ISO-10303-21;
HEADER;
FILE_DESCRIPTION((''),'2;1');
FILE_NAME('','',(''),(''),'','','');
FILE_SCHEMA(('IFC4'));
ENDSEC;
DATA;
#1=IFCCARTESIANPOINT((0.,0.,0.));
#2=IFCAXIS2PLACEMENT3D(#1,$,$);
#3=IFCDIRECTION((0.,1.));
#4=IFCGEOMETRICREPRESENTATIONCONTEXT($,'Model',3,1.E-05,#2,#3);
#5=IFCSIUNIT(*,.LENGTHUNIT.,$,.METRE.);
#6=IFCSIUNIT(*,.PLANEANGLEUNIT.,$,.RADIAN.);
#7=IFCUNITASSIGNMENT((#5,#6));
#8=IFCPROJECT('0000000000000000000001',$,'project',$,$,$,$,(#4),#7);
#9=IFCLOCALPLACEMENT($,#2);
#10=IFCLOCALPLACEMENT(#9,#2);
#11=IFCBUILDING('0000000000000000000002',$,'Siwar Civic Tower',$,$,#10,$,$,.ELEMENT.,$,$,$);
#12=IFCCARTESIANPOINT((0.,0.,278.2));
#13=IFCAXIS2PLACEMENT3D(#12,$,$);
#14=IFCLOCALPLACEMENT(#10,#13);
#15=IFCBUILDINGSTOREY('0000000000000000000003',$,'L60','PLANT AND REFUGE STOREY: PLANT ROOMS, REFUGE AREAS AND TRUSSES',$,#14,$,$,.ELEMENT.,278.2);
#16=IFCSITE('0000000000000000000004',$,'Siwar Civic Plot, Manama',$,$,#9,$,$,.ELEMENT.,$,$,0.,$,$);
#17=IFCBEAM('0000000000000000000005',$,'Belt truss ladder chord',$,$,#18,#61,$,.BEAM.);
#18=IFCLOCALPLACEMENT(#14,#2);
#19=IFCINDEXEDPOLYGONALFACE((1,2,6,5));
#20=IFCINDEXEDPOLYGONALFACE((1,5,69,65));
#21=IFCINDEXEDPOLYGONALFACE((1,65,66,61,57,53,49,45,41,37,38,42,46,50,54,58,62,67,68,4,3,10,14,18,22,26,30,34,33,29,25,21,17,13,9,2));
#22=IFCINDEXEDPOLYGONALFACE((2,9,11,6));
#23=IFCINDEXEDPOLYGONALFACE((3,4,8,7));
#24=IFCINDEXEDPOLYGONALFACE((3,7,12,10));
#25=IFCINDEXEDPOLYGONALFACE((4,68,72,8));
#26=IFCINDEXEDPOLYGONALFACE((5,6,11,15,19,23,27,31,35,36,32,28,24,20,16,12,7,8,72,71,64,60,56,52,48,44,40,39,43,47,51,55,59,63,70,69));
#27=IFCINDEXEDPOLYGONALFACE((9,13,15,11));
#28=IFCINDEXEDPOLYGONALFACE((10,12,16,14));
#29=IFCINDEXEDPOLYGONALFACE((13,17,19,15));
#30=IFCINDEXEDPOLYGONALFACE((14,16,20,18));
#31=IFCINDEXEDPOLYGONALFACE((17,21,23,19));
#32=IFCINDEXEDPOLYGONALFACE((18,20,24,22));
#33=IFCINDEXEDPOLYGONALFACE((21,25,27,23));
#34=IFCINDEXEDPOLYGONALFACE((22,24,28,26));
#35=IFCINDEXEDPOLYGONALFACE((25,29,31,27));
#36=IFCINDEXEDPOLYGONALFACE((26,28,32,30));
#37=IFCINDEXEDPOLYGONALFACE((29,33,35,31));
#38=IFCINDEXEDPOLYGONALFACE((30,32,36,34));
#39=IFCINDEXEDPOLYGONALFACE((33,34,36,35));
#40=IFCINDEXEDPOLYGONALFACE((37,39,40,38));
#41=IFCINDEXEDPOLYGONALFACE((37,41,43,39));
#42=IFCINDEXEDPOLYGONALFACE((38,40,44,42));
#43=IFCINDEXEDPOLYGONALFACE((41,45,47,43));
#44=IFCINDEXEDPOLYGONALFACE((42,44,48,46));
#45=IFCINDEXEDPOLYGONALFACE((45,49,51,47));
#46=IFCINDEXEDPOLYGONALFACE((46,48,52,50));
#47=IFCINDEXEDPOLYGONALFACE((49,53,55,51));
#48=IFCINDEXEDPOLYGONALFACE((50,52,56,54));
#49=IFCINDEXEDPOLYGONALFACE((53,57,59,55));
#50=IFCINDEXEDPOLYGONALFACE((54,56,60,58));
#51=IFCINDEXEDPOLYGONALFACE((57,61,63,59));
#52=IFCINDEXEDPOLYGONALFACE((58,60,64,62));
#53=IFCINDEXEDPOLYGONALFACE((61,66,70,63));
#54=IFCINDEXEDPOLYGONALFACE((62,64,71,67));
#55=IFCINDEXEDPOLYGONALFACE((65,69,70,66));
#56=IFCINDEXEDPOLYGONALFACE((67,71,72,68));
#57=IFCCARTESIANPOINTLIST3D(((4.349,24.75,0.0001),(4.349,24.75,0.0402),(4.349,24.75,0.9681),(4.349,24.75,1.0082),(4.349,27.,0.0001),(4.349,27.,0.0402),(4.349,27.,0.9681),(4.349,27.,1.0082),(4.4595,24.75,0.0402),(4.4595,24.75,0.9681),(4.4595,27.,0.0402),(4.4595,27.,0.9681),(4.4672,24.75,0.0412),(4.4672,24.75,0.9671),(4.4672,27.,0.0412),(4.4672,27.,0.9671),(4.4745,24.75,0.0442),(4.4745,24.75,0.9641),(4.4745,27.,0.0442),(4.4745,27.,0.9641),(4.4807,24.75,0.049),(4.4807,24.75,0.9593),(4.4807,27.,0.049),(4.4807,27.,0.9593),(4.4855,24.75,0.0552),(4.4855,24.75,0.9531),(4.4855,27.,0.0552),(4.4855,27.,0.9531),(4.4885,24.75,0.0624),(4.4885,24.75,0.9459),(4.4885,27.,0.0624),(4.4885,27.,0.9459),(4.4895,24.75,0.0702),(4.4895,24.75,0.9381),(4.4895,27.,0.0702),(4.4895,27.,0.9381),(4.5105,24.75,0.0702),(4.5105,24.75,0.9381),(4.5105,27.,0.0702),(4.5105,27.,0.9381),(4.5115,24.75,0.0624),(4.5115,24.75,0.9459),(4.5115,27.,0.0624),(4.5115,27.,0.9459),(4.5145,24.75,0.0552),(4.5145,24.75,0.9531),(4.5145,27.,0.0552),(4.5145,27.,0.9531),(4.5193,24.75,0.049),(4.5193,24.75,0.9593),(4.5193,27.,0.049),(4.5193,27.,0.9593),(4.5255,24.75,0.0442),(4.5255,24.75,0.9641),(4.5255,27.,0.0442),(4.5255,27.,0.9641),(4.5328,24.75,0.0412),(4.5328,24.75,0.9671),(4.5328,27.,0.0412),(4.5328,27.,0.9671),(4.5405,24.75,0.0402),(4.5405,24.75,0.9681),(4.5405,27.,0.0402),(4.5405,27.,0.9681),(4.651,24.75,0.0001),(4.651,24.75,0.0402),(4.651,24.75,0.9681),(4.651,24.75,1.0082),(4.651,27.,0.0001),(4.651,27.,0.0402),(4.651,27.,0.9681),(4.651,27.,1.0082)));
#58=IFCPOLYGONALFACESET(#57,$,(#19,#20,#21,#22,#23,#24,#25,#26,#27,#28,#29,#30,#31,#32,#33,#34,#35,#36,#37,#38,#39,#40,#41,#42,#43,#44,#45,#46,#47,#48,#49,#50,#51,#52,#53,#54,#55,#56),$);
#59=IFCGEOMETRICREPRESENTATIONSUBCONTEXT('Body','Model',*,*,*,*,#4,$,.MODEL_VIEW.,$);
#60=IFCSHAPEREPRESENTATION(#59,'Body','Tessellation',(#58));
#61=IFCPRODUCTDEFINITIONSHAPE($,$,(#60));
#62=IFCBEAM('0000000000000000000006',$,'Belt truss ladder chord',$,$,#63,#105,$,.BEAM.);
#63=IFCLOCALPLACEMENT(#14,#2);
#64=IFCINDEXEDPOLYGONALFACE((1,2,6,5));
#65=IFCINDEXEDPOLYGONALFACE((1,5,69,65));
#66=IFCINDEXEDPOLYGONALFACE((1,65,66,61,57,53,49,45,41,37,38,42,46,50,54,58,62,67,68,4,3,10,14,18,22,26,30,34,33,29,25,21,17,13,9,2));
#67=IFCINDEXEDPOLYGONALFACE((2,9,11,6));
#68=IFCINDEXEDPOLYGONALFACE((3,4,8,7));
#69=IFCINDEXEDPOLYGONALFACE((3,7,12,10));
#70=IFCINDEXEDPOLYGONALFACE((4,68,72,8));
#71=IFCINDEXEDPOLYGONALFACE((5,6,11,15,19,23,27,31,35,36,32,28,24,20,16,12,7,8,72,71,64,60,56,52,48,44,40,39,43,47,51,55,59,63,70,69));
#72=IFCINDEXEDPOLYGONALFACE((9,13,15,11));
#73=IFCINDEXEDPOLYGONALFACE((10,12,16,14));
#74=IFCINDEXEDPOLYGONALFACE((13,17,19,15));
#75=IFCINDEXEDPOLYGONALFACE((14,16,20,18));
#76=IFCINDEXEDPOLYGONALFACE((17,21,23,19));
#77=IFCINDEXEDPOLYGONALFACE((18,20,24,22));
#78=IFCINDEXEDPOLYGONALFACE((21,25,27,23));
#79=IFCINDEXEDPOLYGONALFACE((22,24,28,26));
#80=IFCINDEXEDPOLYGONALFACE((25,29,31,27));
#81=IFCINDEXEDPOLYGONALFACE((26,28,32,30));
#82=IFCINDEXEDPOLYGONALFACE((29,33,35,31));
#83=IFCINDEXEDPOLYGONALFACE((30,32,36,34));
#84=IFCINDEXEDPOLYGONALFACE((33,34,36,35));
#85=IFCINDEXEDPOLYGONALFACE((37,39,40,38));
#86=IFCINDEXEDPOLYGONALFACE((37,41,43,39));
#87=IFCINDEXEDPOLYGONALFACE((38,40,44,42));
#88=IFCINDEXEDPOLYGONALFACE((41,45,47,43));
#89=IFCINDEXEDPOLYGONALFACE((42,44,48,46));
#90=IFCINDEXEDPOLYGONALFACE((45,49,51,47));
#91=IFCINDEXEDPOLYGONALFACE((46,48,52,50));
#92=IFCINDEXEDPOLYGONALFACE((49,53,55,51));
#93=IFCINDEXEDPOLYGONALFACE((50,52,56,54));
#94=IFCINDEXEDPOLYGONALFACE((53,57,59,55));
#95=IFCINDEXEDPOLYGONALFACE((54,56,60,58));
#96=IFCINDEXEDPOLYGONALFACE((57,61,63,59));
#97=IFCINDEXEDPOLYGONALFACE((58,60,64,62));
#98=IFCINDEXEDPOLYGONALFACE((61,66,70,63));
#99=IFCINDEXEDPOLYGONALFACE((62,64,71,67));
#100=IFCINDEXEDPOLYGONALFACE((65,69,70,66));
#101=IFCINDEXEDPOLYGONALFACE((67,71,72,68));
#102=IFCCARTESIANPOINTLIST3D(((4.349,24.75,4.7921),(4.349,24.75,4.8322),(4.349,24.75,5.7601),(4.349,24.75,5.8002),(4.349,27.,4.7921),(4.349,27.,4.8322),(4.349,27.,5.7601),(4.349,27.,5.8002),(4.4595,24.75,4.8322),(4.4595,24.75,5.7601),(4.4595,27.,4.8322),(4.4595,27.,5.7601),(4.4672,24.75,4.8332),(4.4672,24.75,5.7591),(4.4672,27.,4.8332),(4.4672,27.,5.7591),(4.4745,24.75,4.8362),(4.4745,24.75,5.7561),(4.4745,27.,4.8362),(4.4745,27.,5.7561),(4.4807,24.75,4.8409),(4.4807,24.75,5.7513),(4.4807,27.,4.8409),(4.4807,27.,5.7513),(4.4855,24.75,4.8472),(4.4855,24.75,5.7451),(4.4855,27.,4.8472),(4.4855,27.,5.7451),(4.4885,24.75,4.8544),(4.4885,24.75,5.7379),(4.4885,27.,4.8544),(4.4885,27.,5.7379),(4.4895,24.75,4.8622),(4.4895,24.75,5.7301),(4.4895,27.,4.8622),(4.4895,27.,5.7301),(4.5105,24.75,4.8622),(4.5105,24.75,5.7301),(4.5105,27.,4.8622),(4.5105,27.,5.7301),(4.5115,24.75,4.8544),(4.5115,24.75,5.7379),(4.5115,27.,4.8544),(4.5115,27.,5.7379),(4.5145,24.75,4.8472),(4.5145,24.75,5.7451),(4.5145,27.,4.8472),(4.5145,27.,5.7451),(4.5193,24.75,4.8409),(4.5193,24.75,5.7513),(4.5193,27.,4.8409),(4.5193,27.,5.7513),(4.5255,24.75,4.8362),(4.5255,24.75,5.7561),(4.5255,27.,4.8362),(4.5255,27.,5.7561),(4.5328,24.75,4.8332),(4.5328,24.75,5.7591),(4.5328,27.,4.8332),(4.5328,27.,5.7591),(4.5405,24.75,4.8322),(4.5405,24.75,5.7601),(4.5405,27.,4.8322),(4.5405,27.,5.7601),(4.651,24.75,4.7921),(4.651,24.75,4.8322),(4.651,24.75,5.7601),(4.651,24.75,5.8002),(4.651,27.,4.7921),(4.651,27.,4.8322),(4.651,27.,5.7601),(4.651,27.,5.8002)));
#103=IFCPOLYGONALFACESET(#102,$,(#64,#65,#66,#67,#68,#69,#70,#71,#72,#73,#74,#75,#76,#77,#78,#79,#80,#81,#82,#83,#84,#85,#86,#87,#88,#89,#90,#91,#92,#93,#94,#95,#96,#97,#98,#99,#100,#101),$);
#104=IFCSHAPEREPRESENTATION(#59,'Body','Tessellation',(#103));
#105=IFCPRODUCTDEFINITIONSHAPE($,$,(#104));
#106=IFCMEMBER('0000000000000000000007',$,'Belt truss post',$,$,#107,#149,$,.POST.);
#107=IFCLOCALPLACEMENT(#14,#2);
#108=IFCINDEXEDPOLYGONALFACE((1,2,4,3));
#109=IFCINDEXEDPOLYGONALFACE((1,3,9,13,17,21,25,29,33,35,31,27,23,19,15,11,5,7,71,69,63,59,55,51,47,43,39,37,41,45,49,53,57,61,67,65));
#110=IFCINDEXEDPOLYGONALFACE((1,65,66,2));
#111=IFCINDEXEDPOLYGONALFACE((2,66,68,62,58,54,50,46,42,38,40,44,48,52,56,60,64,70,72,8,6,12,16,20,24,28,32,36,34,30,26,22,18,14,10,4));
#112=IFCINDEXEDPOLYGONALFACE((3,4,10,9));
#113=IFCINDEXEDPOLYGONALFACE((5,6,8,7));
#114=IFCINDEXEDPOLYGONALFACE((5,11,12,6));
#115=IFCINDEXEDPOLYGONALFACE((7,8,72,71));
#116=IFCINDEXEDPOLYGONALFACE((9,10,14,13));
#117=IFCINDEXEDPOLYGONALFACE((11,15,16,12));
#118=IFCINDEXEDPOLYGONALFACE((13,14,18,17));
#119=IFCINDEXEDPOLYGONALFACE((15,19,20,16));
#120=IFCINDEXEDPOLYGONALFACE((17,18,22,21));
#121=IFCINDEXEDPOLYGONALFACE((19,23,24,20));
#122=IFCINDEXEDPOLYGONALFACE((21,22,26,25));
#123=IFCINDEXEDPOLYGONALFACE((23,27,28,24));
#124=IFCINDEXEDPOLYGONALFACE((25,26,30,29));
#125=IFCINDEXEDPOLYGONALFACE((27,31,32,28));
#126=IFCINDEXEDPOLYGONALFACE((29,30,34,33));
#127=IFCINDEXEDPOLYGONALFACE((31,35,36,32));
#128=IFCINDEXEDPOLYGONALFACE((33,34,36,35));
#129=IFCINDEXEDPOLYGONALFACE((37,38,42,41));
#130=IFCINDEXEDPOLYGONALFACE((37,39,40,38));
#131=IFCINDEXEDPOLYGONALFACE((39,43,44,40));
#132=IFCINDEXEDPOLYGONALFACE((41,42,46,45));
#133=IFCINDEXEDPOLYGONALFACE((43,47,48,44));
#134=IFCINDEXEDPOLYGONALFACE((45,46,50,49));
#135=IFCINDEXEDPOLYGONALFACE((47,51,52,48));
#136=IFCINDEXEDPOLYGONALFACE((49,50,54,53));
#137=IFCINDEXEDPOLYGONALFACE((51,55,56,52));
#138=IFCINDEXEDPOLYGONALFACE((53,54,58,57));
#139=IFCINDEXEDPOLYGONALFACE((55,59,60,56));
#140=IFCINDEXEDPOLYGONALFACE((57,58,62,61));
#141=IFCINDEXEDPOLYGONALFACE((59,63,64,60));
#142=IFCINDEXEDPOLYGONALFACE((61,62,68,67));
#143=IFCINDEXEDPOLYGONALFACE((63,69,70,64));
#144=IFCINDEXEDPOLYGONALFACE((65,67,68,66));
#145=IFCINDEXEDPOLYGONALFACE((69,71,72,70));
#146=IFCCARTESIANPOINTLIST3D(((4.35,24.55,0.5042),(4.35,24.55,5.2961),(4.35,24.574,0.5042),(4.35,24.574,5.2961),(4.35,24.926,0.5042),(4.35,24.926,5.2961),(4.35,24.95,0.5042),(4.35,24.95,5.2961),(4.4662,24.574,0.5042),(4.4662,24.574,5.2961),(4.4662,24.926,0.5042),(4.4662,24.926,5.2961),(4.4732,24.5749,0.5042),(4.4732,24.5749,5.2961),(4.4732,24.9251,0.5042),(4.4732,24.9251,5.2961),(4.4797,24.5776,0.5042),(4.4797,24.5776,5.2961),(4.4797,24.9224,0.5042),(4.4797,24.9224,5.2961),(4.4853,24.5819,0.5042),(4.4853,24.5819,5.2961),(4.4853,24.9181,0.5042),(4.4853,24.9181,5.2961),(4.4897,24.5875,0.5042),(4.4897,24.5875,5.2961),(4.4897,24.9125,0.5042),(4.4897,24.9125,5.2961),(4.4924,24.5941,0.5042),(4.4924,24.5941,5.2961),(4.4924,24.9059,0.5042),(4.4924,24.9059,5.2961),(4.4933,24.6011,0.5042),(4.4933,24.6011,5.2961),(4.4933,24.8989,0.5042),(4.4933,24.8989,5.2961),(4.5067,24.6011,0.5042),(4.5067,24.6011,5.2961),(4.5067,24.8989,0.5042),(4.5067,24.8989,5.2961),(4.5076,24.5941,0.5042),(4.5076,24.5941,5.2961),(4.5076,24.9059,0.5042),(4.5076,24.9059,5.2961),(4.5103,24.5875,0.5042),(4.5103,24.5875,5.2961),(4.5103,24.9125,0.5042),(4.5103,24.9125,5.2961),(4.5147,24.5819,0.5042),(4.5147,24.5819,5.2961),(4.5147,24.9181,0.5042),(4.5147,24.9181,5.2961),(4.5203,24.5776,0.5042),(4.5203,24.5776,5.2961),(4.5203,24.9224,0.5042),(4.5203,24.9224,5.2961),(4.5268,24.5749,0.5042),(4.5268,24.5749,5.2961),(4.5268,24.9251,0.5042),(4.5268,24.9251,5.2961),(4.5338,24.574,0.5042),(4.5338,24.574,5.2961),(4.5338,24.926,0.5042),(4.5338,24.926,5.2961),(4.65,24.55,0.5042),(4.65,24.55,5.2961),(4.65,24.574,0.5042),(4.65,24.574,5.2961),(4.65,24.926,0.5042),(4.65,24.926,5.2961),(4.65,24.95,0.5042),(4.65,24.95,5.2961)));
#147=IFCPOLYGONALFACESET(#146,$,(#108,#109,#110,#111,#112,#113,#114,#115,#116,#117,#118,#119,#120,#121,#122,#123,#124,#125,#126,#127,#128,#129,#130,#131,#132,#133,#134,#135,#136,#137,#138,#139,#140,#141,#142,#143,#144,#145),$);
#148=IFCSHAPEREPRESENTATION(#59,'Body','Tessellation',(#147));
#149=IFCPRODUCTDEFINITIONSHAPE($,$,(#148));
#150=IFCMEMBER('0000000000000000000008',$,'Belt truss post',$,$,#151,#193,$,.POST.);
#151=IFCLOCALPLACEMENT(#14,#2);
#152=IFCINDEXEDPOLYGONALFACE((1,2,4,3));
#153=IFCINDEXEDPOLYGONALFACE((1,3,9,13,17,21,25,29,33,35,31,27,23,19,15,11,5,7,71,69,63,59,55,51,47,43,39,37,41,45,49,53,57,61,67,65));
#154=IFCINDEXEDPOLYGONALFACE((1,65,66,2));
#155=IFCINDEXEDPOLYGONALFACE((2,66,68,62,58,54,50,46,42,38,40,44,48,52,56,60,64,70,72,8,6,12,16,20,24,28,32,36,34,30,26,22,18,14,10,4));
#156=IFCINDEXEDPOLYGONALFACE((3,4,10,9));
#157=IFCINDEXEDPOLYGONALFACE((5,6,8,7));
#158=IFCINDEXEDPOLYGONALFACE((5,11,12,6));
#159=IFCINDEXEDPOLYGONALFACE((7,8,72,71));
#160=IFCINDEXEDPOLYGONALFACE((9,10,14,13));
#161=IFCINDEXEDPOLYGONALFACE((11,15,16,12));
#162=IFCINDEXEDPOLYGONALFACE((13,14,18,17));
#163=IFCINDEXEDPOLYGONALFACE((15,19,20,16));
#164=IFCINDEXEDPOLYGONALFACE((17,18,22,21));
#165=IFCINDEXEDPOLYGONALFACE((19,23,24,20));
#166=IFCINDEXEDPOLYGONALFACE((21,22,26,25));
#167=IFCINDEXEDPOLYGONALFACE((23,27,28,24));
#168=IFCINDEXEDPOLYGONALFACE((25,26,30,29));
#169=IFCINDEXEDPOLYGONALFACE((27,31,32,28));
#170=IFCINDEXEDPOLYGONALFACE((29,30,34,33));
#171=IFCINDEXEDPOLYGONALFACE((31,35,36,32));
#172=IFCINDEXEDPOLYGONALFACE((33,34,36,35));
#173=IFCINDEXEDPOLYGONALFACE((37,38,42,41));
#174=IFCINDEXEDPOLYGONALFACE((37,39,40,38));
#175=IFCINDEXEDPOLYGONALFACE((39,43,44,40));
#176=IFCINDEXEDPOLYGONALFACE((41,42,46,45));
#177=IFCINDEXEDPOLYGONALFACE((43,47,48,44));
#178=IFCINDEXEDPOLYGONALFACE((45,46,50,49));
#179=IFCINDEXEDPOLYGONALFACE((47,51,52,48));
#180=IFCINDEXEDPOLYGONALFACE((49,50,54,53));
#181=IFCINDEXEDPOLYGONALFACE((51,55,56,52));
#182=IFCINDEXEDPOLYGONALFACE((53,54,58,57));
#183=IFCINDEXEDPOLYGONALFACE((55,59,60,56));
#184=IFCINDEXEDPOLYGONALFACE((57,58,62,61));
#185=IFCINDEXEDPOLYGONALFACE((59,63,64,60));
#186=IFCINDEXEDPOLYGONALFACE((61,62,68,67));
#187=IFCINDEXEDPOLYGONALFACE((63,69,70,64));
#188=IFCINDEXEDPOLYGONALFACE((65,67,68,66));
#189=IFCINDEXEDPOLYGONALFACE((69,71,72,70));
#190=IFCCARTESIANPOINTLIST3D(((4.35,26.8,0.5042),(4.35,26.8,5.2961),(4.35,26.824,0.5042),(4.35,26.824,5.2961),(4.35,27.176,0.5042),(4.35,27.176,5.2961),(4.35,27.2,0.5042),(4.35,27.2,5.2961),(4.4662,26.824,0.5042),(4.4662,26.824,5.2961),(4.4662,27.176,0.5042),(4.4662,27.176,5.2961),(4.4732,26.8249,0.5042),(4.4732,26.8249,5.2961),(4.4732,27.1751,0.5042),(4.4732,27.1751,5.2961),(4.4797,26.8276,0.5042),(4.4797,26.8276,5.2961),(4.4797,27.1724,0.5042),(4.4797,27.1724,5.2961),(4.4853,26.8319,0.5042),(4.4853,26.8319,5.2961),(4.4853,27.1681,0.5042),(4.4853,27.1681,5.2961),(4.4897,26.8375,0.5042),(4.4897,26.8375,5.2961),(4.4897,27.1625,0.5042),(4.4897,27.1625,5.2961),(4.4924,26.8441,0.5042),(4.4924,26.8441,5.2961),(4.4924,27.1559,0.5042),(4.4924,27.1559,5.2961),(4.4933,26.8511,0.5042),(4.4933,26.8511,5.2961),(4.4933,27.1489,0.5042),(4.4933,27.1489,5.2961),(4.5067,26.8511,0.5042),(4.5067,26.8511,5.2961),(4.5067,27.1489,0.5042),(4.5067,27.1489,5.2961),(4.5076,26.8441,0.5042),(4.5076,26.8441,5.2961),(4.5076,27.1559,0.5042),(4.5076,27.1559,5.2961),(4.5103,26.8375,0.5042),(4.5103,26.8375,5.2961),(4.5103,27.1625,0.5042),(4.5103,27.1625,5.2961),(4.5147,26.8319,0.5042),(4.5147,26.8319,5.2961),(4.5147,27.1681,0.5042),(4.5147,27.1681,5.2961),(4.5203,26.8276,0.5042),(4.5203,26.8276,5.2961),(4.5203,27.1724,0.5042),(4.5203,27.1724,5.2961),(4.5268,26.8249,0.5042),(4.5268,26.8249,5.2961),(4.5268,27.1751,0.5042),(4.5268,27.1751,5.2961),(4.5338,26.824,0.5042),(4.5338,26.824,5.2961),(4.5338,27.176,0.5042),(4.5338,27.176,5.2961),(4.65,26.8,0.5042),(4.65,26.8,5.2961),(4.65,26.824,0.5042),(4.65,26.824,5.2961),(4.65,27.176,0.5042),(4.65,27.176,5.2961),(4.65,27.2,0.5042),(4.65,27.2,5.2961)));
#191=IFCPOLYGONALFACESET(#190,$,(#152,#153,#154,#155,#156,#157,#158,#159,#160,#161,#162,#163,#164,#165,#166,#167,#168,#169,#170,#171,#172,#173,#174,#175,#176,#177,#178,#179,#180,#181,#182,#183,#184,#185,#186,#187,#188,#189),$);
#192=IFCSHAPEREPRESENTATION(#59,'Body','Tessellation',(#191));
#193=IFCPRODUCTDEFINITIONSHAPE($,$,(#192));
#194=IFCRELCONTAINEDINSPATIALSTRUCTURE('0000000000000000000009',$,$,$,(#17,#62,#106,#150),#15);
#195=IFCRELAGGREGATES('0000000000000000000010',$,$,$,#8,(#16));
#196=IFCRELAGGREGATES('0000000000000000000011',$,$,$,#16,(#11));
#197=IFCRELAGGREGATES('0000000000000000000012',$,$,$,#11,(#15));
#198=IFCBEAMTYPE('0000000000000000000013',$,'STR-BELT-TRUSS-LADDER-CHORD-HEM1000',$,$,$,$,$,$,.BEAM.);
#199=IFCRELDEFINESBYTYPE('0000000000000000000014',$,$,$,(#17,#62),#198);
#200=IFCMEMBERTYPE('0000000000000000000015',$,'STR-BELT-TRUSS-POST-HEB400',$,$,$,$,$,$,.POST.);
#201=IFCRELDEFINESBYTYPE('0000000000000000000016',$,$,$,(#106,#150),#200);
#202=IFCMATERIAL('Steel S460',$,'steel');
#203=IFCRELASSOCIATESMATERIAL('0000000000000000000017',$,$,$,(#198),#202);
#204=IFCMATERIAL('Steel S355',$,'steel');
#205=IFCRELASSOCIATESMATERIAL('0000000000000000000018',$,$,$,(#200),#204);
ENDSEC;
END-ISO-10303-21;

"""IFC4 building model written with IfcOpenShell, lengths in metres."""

from ifc_helpers import new_model, si_unit, direction, frame, origin, origin_2d, place, context, subcontext, project, spatial, i_section, extrude, material, material_profile, profile_set, type_object, element, save


model = new_model("IFC4")

# Units and contexts
model_context = context("Model", 3, precision=1e-05, world=origin(), true_north=direction((0.0, 1.0)))
body_context = subcontext(model_context, "Body", "Model", "MODEL_VIEW")
ifc_project = project(units=[si_unit("LENGTHUNIT", "METRE"), si_unit("PLANEANGLEUNIT", "RADIAN")], contexts=[model_context])

# Site, building, storey
site_placement = place(None, origin())
site = spatial("IfcSite", under=ifc_project, at=site_placement, Name="Siwar Civic Plot, Manama", CompositionType="ELEMENT", RefElevation=0.0)
building_placement = place(site_placement, origin())
building = spatial("IfcBuilding", under=site, at=building_placement, Name="Siwar Civic Tower", CompositionType="ELEMENT")
storey_placement = place(building_placement, frame((0.0, 0.0, 278.2)))
storey = spatial("IfcBuildingStorey", under=building, at=storey_placement, Name="L60", Description="PLANT AND REFUGE STOREY: PLANT ROOMS, REFUGE AREAS AND TRUSSES", CompositionType="ELEMENT", Elevation=278.2)

# Beams
ifc_material_1 = material(Name="Steel S460", Category="steel")
ifc_material_profile_1 = material_profile(ifc_material_1, i_section(OverallWidth=0.302, OverallDepth=1.0081, WebThickness=0.021, FlangeThickness=0.04, FilletRadius=0.03, at=origin_2d()), Name="HEM1000")
ifc_profile_set_1 = profile_set([ifc_material_profile_1], Name="Steel S460")
beam_type_1 = type_object("IfcBeamType", Name="STR-BELT-TRUSS-LADDER-CHORD-HEM1000", PredefinedType="BEAM", material=ifc_profile_set_1)
for number, where, z_axis, x_axis, name in (
    (1, (4.5, 24.75, 0.5042), (0.0, 1.0, 0.0), (-1.0, 0.0, 0.0), "Belt truss ladder chord"),
    (2, (4.5, 24.75, 5.2961), (0.0, 1.0, 0.0), (-1.0, 0.0, 0.0), "Belt truss ladder chord"),
):
    element("IfcBeam", number, at=place(storey_placement, frame(where, z_axis=z_axis, x_axis=x_axis)), inside=storey, type_object=beam_type_1, Name=name, PredefinedType="BEAM", context=body_context, shape_type="SweptSolid", body=[
        extrude(i_section(OverallWidth=0.302, OverallDepth=1.0081, WebThickness=0.021, FlangeThickness=0.04, FilletRadius=0.03, at=origin_2d()), origin(), (0.0, 0.0, 1.0), 2.25),
    ])

# Members
ifc_material_2 = material(Name="Steel S355", Category="steel")
ifc_material_profile_2 = material_profile(ifc_material_2, i_section(OverallWidth=0.3, OverallDepth=0.3999, WebThickness=0.0134, FlangeThickness=0.0239, FilletRadius=0.0271, at=origin_2d()), Name="HEB400")
ifc_profile_set_2 = profile_set([ifc_material_profile_2], Name="Steel S355")
member_type_1 = type_object("IfcMemberType", Name="STR-BELT-TRUSS-POST-HEB400", PredefinedType="POST", material=ifc_profile_set_2)
for number, where, z_axis, x_axis, name in (
    (3, (4.5, 24.75, 0.5042), (0.0, 0.0, 1.0), (1.0, 0.0, 0.0), "Belt truss post"),
    (4, (4.5, 27.0, 0.5042), (0.0, 0.0, 1.0), (1.0, 0.0, 0.0), "Belt truss post"),
):
    element("IfcMember", number, at=place(storey_placement, frame(where, z_axis=z_axis, x_axis=x_axis)), inside=storey, type_object=member_type_1, Name=name, PredefinedType="POST", context=body_context, shape_type="SweptSolid", body=[
        extrude(i_section(OverallWidth=0.3, OverallDepth=0.3999, WebThickness=0.0134, FlangeThickness=0.0239, FilletRadius=0.0271, at=origin_2d()), origin(), (0.0, 0.0, 1.0), 4.792),
    ])

save(model, "model.ifc")
